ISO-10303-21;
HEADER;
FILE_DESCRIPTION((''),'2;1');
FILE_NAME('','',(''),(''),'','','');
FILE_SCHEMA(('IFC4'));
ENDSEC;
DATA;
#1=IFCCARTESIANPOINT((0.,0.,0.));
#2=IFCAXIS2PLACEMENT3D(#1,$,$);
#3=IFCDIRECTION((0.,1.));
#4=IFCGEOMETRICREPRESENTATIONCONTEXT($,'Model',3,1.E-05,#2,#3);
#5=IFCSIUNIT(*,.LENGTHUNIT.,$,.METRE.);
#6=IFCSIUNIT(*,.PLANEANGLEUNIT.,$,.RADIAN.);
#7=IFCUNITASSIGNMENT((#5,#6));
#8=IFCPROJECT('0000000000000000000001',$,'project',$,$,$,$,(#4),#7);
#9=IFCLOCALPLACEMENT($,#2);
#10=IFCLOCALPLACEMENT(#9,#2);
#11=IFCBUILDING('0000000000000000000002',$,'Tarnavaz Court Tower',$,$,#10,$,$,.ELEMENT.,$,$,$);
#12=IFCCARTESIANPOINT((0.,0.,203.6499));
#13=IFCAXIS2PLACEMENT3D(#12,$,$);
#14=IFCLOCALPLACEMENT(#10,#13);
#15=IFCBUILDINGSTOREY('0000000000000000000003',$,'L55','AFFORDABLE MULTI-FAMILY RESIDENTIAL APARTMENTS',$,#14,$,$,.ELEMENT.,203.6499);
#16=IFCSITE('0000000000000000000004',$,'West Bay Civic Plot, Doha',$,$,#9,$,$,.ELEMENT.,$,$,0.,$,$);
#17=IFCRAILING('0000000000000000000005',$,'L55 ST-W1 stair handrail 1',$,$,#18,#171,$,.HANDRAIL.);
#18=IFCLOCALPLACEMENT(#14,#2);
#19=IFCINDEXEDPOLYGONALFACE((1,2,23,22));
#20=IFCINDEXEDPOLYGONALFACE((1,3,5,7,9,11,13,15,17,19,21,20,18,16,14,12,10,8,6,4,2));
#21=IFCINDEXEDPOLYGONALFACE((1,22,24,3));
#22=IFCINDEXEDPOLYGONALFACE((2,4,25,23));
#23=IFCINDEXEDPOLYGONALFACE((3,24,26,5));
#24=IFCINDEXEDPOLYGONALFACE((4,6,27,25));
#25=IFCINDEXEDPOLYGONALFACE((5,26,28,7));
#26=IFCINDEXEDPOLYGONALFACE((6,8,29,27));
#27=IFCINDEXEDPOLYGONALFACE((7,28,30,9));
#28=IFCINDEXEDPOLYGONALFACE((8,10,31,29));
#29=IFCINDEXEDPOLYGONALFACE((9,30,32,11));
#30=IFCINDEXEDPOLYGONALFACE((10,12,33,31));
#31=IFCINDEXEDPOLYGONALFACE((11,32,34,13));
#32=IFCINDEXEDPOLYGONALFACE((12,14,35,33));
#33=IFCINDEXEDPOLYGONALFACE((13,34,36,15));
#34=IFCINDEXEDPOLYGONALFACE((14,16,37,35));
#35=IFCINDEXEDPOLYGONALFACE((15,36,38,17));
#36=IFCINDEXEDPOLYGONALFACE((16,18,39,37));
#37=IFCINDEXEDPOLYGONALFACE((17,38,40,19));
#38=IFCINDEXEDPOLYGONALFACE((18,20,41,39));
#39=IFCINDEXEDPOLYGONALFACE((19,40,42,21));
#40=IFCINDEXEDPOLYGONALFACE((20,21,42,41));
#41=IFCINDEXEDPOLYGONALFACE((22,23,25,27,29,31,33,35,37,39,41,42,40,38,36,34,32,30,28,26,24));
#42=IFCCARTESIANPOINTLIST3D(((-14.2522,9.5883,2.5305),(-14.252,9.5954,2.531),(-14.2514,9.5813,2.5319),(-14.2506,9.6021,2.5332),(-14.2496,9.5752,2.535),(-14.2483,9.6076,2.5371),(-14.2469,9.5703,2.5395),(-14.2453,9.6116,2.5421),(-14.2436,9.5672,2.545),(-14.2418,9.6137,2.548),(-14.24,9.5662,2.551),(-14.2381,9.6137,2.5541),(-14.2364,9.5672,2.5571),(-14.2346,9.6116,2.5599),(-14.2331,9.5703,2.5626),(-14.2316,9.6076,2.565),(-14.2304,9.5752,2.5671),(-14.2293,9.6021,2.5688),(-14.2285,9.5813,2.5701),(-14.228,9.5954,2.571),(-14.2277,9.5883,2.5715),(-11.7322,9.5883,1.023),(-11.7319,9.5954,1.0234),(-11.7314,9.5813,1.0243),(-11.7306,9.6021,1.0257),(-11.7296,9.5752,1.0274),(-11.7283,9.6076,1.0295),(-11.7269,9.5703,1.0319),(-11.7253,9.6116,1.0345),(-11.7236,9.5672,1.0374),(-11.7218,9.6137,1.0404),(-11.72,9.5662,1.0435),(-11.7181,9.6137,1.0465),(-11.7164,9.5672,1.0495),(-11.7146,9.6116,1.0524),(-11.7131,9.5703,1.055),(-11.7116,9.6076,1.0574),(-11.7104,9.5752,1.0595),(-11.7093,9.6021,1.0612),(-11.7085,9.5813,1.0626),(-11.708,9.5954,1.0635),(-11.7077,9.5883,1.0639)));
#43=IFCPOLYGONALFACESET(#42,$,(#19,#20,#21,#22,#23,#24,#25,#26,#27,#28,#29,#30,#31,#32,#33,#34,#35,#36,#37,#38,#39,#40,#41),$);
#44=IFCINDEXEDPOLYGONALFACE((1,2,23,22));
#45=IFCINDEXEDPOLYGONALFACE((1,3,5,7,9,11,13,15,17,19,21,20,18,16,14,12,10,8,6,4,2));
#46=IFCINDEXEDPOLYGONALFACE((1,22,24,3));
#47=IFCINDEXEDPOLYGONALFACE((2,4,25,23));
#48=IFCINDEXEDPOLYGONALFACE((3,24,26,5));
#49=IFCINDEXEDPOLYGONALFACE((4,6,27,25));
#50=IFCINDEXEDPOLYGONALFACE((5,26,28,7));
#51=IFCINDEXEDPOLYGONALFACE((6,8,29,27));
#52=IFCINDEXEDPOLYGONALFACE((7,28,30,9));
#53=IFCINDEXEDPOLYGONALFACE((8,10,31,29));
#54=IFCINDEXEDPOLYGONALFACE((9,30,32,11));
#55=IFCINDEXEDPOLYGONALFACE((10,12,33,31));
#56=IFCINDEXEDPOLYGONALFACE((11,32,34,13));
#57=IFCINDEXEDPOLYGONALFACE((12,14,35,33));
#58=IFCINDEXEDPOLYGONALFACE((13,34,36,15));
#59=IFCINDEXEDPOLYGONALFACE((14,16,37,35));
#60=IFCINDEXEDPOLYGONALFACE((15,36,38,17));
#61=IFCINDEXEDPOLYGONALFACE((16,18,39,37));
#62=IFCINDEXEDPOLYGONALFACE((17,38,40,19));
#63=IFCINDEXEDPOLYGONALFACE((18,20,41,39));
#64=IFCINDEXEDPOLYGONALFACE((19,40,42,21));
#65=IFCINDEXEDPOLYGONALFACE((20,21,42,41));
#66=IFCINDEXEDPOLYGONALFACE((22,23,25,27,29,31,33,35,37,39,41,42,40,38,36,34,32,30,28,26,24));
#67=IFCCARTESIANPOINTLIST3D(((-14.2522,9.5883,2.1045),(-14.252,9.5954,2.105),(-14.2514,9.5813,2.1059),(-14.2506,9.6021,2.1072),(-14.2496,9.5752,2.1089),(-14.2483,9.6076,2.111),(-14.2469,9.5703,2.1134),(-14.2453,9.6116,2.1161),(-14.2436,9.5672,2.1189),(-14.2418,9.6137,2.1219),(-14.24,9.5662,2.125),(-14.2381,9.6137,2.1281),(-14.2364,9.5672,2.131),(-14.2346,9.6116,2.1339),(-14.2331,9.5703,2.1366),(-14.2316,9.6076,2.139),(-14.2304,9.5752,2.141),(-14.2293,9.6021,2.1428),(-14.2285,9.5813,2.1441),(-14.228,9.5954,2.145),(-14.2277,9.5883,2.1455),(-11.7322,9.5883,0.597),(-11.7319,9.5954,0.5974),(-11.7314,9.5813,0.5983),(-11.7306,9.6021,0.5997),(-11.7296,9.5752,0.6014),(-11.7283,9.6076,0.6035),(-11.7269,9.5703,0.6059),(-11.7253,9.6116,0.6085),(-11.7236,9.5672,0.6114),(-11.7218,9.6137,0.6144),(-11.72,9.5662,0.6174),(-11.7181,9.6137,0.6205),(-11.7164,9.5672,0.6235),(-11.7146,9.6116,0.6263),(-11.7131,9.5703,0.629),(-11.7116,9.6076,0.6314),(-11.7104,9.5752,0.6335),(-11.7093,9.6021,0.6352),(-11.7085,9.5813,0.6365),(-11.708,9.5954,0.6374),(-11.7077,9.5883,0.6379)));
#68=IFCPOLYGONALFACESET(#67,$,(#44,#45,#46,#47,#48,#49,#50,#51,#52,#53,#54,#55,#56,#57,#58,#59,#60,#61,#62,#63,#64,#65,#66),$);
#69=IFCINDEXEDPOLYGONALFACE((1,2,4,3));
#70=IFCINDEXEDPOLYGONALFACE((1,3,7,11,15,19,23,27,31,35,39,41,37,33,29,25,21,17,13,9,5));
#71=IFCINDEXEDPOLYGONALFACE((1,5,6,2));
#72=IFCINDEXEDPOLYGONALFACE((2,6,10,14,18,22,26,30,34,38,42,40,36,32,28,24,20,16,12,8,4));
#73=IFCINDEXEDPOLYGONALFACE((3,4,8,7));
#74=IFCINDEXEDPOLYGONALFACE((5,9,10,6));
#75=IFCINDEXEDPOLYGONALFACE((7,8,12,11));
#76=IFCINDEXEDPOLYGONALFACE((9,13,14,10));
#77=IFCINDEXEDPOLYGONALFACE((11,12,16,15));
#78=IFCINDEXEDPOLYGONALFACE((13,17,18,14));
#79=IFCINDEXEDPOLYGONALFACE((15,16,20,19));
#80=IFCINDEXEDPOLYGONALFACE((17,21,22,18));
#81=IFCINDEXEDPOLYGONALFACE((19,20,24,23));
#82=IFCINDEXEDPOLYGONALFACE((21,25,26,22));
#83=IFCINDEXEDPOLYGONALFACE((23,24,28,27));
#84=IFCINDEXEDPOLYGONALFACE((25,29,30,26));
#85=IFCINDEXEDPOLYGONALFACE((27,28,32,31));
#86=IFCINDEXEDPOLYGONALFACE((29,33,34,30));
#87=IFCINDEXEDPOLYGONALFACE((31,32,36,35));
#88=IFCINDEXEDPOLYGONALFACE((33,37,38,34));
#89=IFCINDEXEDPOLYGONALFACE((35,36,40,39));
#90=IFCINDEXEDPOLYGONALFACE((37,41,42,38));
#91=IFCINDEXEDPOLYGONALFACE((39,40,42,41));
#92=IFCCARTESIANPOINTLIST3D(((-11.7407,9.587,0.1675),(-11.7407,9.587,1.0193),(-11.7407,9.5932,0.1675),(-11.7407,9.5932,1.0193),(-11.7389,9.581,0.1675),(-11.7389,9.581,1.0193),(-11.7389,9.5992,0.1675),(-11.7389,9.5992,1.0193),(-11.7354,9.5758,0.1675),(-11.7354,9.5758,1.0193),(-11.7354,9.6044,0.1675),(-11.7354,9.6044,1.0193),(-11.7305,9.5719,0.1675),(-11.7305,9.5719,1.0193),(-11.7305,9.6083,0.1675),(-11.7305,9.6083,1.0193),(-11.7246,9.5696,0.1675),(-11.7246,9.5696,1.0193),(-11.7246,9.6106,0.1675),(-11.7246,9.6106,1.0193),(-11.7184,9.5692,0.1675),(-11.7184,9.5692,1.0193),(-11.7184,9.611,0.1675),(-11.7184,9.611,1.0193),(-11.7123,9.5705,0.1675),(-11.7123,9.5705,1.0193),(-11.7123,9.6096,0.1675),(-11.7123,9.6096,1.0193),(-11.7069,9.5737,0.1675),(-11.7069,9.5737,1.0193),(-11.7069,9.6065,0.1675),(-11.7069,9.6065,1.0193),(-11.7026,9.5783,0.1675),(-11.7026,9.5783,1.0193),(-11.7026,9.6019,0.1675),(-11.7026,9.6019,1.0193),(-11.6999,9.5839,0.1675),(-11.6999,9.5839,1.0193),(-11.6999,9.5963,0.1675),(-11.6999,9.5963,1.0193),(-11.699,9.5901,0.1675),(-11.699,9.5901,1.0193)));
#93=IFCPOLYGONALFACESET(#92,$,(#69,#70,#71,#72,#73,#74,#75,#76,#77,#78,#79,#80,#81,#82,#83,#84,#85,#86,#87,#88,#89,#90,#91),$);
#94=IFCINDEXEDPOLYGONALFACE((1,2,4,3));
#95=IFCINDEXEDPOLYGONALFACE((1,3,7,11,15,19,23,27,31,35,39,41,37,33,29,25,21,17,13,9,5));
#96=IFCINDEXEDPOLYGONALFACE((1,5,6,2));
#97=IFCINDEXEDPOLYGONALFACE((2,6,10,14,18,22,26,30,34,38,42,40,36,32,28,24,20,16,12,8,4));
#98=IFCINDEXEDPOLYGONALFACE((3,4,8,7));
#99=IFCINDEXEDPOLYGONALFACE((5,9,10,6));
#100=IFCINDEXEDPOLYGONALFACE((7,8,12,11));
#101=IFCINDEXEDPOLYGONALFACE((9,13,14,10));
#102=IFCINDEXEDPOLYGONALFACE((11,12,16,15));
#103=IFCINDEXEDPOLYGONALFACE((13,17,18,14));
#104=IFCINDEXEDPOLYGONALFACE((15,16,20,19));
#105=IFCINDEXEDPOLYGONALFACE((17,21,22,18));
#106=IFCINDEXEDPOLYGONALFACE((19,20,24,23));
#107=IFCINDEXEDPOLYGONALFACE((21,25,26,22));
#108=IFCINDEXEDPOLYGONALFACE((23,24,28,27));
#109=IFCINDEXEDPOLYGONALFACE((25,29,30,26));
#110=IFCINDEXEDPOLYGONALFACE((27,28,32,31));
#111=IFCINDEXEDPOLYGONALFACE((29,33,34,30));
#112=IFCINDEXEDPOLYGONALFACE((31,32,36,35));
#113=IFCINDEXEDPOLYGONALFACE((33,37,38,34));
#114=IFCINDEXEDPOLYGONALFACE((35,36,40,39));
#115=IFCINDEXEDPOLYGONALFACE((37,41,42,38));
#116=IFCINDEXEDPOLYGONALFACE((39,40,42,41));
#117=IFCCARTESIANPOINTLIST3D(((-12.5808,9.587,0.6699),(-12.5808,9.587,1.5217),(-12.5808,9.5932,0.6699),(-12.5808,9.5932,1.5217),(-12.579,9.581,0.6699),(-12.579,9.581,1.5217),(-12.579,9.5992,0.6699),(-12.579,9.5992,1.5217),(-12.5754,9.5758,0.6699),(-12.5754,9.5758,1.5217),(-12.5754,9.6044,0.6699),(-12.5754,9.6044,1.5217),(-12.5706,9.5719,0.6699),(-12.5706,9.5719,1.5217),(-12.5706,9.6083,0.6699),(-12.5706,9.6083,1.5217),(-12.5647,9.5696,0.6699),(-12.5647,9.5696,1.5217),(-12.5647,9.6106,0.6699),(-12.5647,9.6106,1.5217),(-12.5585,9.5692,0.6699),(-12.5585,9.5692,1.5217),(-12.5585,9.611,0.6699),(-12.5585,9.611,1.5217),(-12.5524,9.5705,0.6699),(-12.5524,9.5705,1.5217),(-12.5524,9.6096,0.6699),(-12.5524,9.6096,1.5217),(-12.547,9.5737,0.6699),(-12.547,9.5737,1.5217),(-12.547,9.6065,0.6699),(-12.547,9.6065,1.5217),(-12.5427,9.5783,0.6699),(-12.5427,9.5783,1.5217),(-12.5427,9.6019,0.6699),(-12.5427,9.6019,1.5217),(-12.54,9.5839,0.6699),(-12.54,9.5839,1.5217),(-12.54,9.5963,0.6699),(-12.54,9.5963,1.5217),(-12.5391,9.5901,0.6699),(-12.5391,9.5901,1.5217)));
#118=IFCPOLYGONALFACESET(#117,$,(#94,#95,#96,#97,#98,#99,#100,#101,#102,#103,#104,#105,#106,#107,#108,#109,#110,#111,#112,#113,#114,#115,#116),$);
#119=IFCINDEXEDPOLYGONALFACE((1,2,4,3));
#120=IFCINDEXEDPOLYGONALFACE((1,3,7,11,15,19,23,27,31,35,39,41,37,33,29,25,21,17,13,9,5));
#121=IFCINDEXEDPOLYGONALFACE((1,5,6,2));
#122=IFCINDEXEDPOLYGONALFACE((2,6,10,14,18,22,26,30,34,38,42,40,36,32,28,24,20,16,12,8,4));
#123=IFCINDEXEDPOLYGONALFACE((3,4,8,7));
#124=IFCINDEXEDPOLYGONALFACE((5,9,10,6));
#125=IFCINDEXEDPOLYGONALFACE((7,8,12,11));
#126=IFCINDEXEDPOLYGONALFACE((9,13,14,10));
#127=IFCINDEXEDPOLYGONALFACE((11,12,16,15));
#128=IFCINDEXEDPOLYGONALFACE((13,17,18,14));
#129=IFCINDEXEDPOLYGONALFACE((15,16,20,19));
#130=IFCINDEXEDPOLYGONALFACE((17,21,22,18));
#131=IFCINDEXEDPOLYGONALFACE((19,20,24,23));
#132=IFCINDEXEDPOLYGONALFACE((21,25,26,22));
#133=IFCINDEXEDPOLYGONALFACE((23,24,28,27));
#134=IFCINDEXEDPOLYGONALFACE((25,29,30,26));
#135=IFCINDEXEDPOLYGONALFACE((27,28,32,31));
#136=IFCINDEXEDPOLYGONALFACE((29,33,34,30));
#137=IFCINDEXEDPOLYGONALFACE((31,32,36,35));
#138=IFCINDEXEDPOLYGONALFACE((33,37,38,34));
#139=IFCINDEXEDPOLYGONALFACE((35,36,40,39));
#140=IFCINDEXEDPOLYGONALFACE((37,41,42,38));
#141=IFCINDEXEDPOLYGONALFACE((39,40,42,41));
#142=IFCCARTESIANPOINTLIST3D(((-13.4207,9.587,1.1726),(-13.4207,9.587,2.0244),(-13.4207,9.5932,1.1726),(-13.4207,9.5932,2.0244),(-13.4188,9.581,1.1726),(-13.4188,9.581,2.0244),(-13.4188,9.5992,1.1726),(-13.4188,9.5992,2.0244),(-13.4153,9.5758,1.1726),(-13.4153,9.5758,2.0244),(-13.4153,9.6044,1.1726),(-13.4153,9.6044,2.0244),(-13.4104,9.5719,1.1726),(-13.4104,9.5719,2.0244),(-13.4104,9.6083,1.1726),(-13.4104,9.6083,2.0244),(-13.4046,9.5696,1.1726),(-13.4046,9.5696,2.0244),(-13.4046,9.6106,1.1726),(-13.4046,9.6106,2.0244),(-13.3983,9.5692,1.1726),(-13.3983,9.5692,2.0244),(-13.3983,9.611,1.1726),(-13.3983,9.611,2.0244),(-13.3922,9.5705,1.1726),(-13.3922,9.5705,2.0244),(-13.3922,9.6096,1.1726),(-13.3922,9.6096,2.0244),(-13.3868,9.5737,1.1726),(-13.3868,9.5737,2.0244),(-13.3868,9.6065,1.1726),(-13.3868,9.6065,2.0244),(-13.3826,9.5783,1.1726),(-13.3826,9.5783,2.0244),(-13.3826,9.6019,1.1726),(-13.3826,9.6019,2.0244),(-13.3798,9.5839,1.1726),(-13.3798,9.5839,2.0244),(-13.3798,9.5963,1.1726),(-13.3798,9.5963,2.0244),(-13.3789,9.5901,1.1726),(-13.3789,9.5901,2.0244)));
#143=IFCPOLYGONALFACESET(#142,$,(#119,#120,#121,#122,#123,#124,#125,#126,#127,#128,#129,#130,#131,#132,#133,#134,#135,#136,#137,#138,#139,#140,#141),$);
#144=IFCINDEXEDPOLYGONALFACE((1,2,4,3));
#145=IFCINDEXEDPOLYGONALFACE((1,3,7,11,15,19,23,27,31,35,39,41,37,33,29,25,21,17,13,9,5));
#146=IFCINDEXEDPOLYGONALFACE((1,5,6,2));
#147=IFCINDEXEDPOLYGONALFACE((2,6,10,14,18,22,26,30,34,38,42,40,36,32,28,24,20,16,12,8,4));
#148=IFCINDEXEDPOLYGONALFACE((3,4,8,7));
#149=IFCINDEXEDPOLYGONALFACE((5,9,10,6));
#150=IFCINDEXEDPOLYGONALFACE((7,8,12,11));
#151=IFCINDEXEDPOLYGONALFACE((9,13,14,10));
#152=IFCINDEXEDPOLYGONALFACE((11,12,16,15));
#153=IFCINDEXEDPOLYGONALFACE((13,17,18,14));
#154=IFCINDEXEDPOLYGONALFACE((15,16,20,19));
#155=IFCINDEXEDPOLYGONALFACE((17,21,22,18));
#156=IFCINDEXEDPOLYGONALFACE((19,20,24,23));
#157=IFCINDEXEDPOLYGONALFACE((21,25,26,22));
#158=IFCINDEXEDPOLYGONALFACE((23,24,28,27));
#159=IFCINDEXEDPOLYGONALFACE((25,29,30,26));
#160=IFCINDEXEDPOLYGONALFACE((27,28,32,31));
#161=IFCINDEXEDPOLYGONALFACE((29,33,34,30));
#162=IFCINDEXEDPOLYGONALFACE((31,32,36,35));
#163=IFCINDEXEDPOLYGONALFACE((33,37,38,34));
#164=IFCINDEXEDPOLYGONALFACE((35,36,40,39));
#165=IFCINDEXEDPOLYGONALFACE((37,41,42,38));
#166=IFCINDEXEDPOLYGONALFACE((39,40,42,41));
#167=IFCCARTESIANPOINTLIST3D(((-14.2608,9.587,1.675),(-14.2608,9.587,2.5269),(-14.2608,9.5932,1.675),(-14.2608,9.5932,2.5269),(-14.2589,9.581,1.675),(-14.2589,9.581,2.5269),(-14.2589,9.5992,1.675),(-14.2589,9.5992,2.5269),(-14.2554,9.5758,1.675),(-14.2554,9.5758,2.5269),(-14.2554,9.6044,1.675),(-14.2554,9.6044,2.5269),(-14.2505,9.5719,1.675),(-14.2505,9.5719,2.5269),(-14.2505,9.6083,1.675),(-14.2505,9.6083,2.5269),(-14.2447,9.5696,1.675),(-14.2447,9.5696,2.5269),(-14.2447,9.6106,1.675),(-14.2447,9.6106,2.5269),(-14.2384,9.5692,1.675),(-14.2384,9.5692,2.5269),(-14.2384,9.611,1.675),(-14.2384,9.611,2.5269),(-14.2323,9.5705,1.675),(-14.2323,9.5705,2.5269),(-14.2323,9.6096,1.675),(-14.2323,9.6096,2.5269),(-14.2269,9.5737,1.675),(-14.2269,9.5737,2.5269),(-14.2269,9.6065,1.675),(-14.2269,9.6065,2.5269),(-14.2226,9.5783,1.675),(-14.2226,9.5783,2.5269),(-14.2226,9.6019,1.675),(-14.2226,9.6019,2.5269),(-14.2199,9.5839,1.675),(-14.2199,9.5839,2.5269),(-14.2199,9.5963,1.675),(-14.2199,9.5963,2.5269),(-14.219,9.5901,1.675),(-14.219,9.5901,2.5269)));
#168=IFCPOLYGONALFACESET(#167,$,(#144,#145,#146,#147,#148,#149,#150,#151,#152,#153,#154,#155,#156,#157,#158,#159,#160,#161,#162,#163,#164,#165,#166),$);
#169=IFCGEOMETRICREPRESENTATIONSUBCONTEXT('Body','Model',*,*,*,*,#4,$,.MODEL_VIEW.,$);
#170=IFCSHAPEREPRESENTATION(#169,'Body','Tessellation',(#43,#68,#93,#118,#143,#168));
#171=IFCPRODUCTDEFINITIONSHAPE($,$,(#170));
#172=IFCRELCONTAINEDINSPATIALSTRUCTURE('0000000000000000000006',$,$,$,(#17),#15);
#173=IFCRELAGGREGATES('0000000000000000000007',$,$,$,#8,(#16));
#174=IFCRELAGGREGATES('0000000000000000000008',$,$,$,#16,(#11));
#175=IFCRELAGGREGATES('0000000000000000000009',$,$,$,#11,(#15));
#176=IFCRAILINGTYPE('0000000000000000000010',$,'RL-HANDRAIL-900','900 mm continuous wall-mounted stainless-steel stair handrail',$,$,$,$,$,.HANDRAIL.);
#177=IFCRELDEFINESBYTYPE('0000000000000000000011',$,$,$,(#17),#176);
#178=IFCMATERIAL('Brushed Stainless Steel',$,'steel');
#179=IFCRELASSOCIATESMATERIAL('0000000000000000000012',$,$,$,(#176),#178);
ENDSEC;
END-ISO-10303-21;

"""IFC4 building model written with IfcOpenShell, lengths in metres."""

from ifc_helpers import new_model, si_unit, direction, frame, origin, origin_2d, place, context, subcontext, project, spatial, circle, extrude, material, type_object, element, save


model = new_model("IFC4")

# Units and contexts
model_context = context("Model", 3, precision=1e-05, world=origin(), true_north=direction((0.0, 1.0)))
body_context = subcontext(model_context, "Body", "Model", "MODEL_VIEW")
ifc_project = project(units=[si_unit("LENGTHUNIT", "METRE"), si_unit("PLANEANGLEUNIT", "RADIAN")], contexts=[model_context])

# Site, building, storey
site_placement = place(None, origin())
site = spatial("IfcSite", under=ifc_project, at=site_placement, Name="West Bay Civic Plot, Doha", CompositionType="ELEMENT", RefElevation=0.0)
building_placement = place(site_placement, origin())
building = spatial("IfcBuilding", under=site, at=building_placement, Name="Tarnavaz Court Tower", CompositionType="ELEMENT")
storey_placement = place(building_placement, frame((0.0, 0.0, 203.6499)))
storey = spatial("IfcBuildingStorey", under=building, at=storey_placement, Name="L55", Description="AFFORDABLE MULTI-FAMILY RESIDENTIAL APARTMENTS", CompositionType="ELEMENT", Elevation=203.6499)

# Railing
ifc_material_1 = material(Name="Brushed Stainless Steel", Category="steel")
railing_type_1 = type_object("IfcRailingType", Name="RL-HANDRAIL-900", Description="900 mm continuous wall-mounted stainless-steel stair handrail", PredefinedType="HANDRAIL", material=ifc_material_1)
railing_1_placement = place(storey_placement, frame((-11.72, 9.5901, 0.1675)))
element("IfcRailing", 1, at=railing_1_placement, inside=storey, type_object=railing_type_1, Name="L55 ST-W1 stair handrail 1", PredefinedType="HANDRAIL", context=body_context, shape_type="SweptSolid", body=[
    extrude(circle(Radius=0.0239, at=origin_2d()), frame((0.0, 0.0, 0.876), z_axis=(-0.85816, 0.0, 0.513383), x_axis=(0.0, -1.0, 0.0)), (0.0, 0.0, 1.0), 2.9365),
    extrude(circle(Radius=0.0239, at=origin_2d()), frame((0.0, 0.0, 0.45), z_axis=(-0.85816, 0.0, 0.513383), x_axis=(0.0, -1.0, 0.0)), (0.0, 0.0, 1.0), 2.9365),
    extrude(circle(Radius=0.021, at=origin_2d()), origin(), (0.0, 0.0, 1.0), 0.8518),
    extrude(circle(Radius=0.021, at=origin_2d()), frame((-0.8401, 0.0, 0.5024)), (0.0, 0.0, 1.0), 0.8518),
    extrude(circle(Radius=0.021, at=origin_2d()), frame((-1.6799, 0.0, 1.0051)), (0.0, 0.0, 1.0), 0.8518),
    extrude(circle(Radius=0.021, at=origin_2d()), frame((-2.52, 0.0, 1.5076)), (0.0, 0.0, 1.0), 0.8518),
])

save(model, "model.ifc")
